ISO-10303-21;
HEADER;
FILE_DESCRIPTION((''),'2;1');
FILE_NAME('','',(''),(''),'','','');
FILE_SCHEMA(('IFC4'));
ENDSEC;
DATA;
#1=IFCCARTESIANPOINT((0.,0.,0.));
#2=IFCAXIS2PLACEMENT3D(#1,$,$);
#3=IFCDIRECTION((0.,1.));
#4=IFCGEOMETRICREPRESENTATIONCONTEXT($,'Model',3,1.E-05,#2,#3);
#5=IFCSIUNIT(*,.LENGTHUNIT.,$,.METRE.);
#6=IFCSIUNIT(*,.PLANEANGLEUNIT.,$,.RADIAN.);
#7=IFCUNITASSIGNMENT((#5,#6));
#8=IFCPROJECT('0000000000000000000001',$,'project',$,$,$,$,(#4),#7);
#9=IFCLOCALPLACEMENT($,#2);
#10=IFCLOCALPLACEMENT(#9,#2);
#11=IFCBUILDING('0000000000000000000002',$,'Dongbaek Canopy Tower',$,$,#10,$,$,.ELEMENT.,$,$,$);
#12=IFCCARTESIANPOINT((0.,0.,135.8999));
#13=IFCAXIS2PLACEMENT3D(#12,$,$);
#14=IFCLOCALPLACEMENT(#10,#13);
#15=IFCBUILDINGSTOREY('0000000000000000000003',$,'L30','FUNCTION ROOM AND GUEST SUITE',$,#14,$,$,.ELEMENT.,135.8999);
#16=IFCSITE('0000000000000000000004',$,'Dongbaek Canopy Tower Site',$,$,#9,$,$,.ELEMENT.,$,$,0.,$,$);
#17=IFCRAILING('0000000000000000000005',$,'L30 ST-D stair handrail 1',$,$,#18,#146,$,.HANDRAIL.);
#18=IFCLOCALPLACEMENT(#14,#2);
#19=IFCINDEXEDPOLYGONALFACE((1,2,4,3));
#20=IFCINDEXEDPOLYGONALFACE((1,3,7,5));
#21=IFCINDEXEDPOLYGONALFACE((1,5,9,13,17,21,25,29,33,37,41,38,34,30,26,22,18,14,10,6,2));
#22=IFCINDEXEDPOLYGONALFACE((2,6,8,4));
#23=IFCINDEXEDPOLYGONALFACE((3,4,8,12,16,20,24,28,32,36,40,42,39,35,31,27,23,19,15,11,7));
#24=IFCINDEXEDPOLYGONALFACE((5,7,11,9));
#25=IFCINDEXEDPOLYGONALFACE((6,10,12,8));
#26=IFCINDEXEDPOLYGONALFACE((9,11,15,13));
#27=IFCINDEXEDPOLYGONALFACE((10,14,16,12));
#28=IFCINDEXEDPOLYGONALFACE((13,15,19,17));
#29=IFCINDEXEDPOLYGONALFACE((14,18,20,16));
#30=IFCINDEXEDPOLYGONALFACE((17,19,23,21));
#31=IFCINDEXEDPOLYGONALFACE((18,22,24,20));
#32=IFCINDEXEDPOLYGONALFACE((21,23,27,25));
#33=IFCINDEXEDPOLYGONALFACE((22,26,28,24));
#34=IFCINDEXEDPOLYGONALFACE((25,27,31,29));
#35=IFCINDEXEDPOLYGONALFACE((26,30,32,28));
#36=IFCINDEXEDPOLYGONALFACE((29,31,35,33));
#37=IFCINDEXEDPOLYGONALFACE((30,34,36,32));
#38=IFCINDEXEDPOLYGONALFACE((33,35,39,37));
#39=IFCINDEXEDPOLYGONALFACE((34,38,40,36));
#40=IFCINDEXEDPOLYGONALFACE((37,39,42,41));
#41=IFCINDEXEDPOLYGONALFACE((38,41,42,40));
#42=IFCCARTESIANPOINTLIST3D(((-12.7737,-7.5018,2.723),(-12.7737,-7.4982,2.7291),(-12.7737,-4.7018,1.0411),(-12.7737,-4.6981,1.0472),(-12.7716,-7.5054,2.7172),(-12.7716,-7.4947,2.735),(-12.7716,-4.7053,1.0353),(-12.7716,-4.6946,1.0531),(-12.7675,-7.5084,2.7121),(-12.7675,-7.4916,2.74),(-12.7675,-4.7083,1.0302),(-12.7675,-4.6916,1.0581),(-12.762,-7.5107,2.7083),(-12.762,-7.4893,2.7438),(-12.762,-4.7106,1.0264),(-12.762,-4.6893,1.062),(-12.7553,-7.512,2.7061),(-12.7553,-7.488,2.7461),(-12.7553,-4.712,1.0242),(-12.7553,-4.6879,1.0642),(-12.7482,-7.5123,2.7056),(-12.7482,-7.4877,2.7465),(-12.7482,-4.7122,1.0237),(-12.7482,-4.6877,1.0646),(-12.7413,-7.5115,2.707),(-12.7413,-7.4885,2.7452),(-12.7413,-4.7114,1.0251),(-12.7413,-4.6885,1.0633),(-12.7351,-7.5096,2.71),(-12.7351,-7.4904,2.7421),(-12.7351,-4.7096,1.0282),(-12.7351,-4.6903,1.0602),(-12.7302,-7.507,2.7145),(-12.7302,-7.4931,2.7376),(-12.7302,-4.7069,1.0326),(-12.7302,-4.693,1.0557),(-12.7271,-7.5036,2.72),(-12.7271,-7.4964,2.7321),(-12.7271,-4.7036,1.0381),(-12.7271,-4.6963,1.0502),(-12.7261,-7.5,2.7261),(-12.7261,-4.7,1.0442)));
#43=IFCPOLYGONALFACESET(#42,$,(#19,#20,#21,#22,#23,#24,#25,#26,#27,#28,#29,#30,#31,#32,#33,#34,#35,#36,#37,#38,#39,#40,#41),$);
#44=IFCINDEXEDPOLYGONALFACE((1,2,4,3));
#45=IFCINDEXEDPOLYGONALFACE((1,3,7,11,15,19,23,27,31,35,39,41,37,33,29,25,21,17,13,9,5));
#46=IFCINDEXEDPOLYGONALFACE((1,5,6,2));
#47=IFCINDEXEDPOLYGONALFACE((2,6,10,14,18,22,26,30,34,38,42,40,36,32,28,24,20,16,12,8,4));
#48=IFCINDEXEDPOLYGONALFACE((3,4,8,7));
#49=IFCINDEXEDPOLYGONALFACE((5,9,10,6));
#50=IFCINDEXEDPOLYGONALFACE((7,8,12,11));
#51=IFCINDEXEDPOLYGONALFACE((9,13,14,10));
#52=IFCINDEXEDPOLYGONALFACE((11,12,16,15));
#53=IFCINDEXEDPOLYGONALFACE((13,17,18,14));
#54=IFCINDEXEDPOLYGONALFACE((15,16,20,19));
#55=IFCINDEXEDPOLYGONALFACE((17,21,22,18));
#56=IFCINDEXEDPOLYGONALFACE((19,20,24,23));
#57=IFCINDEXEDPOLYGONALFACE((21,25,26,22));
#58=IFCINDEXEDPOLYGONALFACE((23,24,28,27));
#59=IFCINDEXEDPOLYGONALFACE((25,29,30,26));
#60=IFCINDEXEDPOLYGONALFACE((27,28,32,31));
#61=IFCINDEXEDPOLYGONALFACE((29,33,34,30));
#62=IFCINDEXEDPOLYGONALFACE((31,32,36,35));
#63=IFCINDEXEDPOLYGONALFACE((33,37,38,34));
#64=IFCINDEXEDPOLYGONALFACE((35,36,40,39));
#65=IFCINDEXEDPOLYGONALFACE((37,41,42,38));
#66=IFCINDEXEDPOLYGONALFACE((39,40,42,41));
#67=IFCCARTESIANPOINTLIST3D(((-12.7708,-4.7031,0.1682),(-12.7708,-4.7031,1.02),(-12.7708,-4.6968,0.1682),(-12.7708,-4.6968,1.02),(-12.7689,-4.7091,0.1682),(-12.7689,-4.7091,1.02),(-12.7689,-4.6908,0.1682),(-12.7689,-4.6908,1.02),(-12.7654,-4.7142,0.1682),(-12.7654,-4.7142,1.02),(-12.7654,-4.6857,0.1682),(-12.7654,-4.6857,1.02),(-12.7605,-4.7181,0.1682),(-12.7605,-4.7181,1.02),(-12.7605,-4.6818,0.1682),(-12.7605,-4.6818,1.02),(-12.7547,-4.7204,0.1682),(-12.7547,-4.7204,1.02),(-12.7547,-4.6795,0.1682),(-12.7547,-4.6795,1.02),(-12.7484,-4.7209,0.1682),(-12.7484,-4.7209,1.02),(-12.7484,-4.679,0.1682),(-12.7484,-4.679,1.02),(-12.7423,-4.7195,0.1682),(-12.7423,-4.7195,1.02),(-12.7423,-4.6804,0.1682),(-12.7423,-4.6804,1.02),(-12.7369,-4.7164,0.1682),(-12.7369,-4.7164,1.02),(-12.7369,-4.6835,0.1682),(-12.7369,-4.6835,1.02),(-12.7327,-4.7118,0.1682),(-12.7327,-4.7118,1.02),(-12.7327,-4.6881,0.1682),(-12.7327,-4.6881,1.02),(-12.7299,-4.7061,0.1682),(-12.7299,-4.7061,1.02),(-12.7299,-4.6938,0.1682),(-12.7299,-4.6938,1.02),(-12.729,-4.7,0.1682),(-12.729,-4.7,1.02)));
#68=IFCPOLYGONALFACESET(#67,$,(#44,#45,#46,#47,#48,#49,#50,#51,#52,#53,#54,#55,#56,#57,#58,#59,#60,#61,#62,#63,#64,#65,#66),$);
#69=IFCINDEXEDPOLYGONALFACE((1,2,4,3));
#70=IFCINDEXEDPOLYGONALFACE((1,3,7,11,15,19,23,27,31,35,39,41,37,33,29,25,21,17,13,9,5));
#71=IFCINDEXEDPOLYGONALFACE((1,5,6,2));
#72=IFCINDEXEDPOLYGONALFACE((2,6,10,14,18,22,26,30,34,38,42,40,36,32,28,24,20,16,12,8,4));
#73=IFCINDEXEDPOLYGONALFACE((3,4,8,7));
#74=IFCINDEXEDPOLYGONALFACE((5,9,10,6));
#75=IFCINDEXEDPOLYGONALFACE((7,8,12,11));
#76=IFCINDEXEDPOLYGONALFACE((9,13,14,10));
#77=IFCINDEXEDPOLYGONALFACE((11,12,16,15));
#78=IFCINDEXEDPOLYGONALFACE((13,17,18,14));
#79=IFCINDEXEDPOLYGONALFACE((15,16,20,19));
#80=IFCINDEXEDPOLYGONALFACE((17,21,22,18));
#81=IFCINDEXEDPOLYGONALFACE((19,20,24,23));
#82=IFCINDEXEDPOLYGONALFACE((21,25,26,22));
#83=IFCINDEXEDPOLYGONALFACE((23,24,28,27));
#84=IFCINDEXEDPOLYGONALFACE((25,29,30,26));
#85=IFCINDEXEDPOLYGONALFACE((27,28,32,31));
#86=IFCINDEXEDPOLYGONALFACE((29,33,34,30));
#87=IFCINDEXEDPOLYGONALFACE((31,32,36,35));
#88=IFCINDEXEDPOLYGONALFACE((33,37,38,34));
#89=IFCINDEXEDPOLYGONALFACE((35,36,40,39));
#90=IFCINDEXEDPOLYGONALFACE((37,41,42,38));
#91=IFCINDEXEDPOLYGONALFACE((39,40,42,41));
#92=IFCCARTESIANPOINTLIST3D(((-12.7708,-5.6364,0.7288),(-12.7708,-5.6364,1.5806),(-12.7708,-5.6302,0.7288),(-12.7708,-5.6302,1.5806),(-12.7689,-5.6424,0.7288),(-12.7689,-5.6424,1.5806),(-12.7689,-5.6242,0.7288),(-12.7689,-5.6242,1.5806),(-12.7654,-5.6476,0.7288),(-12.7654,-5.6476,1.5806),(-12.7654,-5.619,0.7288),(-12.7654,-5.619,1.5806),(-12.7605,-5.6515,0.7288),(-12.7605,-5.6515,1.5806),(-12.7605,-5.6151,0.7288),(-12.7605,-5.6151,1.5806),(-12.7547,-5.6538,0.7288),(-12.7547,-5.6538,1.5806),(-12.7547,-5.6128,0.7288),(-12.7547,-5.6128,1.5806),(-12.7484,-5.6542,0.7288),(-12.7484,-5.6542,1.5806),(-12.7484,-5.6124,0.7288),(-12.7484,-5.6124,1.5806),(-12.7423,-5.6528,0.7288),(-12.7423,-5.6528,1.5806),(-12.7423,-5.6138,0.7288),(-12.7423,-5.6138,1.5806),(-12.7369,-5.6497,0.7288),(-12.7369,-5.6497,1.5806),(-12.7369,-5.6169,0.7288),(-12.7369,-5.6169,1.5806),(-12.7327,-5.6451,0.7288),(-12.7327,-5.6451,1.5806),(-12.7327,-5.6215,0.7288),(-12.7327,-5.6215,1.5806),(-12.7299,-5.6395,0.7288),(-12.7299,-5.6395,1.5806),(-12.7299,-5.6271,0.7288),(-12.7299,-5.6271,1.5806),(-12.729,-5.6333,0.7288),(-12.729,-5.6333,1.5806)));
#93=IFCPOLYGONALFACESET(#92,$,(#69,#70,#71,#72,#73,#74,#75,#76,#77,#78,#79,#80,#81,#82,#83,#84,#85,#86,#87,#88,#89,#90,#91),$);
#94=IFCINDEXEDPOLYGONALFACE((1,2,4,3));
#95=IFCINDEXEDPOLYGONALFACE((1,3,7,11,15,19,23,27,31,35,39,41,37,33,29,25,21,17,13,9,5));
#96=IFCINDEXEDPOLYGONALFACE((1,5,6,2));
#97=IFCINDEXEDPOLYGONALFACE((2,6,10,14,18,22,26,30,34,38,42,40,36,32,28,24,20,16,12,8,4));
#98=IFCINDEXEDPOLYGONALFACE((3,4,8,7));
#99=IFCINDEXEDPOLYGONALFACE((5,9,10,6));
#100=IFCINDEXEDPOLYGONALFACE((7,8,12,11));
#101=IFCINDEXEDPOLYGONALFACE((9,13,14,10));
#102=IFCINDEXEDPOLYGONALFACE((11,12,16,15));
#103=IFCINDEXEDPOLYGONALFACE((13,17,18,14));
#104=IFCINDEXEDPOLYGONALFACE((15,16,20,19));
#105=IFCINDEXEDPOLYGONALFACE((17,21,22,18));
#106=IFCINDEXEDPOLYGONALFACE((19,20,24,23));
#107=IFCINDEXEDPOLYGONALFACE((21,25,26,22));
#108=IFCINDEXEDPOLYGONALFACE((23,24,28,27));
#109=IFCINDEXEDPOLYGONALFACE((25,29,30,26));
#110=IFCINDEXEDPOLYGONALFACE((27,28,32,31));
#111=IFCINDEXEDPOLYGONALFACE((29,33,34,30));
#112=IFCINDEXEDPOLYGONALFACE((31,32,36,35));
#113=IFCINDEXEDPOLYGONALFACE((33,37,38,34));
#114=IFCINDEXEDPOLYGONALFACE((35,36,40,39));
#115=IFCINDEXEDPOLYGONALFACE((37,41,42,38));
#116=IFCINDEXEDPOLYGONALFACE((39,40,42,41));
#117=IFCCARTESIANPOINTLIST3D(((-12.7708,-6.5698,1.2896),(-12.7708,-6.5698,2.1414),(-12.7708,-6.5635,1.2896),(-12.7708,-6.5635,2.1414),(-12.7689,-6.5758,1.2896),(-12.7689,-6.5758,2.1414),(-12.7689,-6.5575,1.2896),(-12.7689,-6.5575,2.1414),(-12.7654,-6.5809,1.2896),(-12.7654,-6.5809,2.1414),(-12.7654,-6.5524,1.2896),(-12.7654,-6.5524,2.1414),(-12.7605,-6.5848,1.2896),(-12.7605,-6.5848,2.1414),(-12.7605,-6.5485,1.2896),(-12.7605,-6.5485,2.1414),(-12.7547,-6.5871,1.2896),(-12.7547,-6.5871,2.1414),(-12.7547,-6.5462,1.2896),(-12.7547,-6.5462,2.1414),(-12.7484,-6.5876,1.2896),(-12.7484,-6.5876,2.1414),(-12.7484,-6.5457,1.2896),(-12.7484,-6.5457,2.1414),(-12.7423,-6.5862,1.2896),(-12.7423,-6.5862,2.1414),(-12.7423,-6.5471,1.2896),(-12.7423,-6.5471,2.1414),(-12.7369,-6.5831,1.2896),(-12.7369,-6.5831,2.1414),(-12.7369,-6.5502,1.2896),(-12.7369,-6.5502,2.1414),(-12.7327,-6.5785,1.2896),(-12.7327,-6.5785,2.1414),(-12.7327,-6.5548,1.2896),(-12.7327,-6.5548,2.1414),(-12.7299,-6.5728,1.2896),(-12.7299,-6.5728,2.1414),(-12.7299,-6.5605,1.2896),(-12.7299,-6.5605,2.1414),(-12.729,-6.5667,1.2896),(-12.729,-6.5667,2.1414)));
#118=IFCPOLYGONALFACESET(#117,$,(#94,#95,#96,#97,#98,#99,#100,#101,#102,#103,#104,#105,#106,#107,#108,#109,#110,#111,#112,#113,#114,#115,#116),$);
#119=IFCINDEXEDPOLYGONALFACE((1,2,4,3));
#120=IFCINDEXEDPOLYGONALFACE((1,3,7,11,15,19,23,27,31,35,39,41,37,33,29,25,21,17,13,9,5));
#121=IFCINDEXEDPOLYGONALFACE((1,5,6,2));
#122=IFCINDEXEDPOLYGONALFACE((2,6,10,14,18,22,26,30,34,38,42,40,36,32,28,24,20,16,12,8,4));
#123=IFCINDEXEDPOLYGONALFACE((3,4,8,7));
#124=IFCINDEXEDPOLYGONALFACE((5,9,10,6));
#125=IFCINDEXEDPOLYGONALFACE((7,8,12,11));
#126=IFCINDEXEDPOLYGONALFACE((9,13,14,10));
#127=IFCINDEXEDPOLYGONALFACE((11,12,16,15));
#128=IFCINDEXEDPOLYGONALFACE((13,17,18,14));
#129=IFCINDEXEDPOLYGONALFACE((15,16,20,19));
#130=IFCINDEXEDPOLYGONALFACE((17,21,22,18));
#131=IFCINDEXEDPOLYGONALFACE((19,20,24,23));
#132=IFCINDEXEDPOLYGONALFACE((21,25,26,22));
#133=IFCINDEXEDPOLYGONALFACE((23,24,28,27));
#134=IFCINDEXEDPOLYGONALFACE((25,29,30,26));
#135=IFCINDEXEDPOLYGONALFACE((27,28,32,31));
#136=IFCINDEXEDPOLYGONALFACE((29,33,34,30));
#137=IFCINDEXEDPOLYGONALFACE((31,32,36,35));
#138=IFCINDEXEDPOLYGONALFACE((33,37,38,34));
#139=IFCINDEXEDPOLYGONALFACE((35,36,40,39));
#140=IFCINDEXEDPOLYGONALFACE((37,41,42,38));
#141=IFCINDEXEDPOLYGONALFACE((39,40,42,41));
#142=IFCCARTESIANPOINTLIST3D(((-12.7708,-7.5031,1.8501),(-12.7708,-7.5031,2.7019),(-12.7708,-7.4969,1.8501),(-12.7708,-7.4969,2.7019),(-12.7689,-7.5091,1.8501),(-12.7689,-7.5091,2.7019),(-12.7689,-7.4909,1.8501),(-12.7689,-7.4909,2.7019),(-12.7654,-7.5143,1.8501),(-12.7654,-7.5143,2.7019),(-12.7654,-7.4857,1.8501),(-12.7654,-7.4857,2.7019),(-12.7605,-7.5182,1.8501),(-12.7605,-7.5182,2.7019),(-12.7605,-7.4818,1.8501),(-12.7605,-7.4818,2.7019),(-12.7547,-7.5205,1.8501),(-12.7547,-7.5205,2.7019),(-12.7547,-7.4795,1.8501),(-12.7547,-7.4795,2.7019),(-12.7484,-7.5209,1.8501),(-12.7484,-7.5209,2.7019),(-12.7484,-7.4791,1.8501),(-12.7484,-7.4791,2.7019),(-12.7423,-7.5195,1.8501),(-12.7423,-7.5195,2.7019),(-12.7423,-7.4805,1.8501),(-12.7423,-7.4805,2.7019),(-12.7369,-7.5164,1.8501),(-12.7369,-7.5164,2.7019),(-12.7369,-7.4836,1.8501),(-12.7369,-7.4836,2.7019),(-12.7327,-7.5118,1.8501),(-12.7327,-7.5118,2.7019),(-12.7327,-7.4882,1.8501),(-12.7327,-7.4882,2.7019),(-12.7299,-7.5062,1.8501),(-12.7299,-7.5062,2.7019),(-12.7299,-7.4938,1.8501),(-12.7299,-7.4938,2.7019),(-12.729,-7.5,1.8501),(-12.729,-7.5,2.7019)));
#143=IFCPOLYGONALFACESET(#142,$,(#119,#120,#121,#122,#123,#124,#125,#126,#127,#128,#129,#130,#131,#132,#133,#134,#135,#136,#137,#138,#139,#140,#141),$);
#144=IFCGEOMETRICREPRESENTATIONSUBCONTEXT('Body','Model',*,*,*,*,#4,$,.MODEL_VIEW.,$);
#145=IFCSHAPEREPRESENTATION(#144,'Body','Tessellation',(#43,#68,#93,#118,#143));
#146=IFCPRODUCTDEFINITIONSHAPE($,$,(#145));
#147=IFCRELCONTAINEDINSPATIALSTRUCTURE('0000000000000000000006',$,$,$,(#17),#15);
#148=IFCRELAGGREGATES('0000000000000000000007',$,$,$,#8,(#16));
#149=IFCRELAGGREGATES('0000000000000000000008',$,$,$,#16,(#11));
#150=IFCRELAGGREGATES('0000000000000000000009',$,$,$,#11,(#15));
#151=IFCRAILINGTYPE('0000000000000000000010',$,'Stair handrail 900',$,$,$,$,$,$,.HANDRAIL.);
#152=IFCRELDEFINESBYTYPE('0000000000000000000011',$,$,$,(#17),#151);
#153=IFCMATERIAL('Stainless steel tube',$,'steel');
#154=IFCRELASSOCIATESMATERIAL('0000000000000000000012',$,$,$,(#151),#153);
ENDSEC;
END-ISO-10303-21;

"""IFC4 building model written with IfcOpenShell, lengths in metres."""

from ifc_helpers import new_model, si_unit, direction, frame, origin, origin_2d, place, context, subcontext, project, spatial, circle, extrude, material, type_object, element, save


model = new_model("IFC4")

# Units and contexts
model_context = context("Model", 3, precision=1e-05, world=origin(), true_north=direction((0.0, 1.0)))
body_context = subcontext(model_context, "Body", "Model", "MODEL_VIEW")
ifc_project = project(units=[si_unit("LENGTHUNIT", "METRE"), si_unit("PLANEANGLEUNIT", "RADIAN")], contexts=[model_context])

# Site, building, storey
site_placement = place(None, origin())
site = spatial("IfcSite", under=ifc_project, at=site_placement, Name="Dongbaek Canopy Tower Site", CompositionType="ELEMENT", RefElevation=0.0)
building_placement = place(site_placement, origin())
building = spatial("IfcBuilding", under=site, at=building_placement, Name="Dongbaek Canopy Tower", CompositionType="ELEMENT")
storey_placement = place(building_placement, frame((0.0, 0.0, 135.8999)))
storey = spatial("IfcBuildingStorey", under=building, at=storey_placement, Name="L30", Description="FUNCTION ROOM AND GUEST SUITE", CompositionType="ELEMENT", Elevation=135.8999)

# Railing
ifc_material_1 = material(Name="Stainless steel tube", Category="steel")
railing_type_1 = type_object("IfcRailingType", Name="Stair handrail 900", PredefinedType="HANDRAIL", material=ifc_material_1)
railing_1_placement = place(storey_placement, frame((-12.75, -4.7, 0.1682)))
element("IfcRailing", 1, at=railing_1_placement, inside=storey, type_object=railing_type_1, Name="L30 ST-D stair handrail 1", PredefinedType="HANDRAIL", context=body_context, shape_type="SweptSolid", body=[
    extrude(circle(Radius=0.0239, at=origin_2d()), frame((0.0, 0.0, 0.876), z_axis=(0.0, -0.857242, 0.514913), x_axis=(1.0, 0.0, 0.0)), (0.0, 0.0, 1.0), 3.2664),
    extrude(circle(Radius=0.021, at=origin_2d()), origin(), (0.0, 0.0, 1.0), 0.8518),
    extrude(circle(Radius=0.021, at=origin_2d()), frame((0.0, -0.9333, 0.5605)), (0.0, 0.0, 1.0), 0.8518),
    extrude(circle(Radius=0.021, at=origin_2d()), frame((0.0, -1.8667, 1.1213)), (0.0, 0.0, 1.0), 0.8518),
    extrude(circle(Radius=0.021, at=origin_2d()), frame((0.0, -2.8, 1.6819)), (0.0, 0.0, 1.0), 0.8518),
])

save(model, "model.ifc")
